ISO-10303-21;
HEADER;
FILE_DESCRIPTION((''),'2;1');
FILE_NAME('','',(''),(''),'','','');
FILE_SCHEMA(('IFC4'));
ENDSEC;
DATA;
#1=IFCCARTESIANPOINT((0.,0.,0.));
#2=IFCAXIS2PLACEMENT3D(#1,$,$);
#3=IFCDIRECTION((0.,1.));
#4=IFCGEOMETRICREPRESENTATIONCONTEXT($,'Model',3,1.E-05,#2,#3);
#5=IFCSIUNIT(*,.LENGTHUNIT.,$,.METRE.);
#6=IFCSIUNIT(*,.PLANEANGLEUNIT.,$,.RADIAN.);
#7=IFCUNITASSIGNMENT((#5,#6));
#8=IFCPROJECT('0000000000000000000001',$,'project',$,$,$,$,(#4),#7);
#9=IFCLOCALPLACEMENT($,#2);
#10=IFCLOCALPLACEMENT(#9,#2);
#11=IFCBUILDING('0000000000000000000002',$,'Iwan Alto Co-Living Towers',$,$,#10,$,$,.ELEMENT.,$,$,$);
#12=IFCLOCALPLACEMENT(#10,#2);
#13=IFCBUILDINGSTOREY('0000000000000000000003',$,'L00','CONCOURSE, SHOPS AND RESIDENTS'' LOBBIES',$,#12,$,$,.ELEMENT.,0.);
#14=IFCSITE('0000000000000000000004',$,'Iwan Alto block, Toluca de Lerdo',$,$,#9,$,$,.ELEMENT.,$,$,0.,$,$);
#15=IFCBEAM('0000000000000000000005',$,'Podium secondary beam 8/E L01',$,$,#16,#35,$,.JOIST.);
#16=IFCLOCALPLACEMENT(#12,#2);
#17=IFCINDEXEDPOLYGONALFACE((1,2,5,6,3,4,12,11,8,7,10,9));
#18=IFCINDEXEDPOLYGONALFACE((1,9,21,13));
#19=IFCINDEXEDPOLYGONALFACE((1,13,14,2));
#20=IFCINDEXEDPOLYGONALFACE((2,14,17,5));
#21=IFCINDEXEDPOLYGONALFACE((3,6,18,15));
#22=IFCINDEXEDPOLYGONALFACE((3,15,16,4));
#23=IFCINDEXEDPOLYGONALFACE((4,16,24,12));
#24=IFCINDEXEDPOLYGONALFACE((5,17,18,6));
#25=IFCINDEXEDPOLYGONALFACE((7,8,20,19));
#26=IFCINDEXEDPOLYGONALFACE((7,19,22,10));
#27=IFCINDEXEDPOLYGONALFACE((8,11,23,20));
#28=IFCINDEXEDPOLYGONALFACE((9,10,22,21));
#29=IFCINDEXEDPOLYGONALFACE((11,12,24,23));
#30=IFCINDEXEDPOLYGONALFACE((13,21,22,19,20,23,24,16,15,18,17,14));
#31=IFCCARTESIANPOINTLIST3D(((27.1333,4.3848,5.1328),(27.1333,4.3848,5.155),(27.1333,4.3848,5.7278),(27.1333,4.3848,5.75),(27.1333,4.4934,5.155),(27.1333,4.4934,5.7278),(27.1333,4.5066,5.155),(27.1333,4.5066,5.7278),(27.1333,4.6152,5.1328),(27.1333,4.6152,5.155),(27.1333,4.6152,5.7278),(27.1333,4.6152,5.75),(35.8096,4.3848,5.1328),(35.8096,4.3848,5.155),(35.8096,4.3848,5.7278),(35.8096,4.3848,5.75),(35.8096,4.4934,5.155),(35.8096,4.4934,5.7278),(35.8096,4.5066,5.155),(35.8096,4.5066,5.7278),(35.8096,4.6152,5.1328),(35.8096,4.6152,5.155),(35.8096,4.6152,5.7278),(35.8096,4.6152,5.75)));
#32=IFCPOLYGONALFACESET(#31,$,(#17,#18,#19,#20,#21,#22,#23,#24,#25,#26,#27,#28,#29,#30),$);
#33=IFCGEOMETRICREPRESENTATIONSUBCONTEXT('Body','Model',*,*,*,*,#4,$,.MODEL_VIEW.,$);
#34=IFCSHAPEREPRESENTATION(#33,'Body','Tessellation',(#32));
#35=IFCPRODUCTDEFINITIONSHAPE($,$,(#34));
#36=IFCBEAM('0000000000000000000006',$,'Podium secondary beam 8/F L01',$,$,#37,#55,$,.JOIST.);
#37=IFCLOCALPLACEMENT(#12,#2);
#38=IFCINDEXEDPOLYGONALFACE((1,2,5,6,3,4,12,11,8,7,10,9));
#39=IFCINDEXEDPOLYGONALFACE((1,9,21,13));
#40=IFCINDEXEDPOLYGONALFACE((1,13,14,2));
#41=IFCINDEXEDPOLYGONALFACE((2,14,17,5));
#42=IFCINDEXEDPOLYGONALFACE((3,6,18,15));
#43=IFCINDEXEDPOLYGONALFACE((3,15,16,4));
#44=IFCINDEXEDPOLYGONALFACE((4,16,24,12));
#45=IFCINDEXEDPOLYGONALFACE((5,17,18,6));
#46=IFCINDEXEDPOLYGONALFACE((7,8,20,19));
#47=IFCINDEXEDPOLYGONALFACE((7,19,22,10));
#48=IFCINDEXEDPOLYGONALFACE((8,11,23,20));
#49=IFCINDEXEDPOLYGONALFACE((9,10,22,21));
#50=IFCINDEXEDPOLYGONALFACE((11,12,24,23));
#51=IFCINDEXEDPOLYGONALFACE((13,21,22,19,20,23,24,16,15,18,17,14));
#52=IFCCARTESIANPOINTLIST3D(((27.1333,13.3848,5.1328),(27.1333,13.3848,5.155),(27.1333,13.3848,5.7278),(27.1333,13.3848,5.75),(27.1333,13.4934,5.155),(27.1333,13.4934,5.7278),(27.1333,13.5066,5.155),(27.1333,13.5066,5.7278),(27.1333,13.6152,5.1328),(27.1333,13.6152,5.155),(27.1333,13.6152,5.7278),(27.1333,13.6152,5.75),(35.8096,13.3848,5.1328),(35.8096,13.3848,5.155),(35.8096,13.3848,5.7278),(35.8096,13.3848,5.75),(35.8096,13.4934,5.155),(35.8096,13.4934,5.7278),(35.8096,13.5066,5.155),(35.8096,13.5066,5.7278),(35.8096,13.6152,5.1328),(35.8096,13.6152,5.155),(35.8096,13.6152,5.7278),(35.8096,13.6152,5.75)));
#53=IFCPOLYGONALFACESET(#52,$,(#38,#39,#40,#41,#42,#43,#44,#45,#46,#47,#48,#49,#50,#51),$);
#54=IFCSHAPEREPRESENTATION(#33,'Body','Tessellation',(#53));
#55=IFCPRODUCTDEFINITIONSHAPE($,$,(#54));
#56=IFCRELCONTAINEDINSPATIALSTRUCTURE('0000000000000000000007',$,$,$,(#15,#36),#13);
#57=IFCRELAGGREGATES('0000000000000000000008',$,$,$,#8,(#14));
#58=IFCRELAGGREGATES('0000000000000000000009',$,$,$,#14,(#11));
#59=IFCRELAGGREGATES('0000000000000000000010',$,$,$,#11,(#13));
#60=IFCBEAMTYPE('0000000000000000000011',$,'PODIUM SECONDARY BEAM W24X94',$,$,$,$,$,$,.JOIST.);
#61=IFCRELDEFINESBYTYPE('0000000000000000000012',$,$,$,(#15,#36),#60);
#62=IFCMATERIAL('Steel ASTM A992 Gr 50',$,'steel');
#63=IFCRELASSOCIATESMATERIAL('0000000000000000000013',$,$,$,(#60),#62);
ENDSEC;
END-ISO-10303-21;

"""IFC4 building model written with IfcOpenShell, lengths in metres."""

from ifc_helpers import new_model, si_unit, direction, frame, origin, origin_2d, place, context, subcontext, project, spatial, i_section, extrude, material, material_profile, profile_set, type_object, element, save


model = new_model("IFC4")

# Units and contexts
model_context = context("Model", 3, precision=1e-05, world=origin(), true_north=direction((0.0, 1.0)))
body_context = subcontext(model_context, "Body", "Model", "MODEL_VIEW")
ifc_project = project(units=[si_unit("LENGTHUNIT", "METRE"), si_unit("PLANEANGLEUNIT", "RADIAN")], contexts=[model_context])

# Site, building, storey
site_placement = place(None, origin())
site = spatial("IfcSite", under=ifc_project, at=site_placement, Name="Iwan Alto block, Toluca de Lerdo", CompositionType="ELEMENT", RefElevation=0.0)
building_placement = place(site_placement, origin())
building = spatial("IfcBuilding", under=site, at=building_placement, Name="Iwan Alto Co-Living Towers", CompositionType="ELEMENT")
storey_placement = place(building_placement, origin())
storey = spatial("IfcBuildingStorey", under=building, at=storey_placement, Name="L00", Description="CONCOURSE, SHOPS AND RESIDENTS' LOBBIES", CompositionType="ELEMENT", Elevation=0.0)

# Beams
ifc_material_1 = material(Name="Steel ASTM A992 Gr 50", Category="steel")
ifc_material_profile_1 = material_profile(ifc_material_1, i_section(OverallWidth=0.2305, OverallDepth=0.6172, WebThickness=0.0132, FlangeThickness=0.0222, at=origin_2d()), Name="W24X94")
ifc_profile_set_1 = profile_set([ifc_material_profile_1], Name="Steel ASTM A992 Gr 50")
beam_type_1 = type_object("IfcBeamType", Name="PODIUM SECONDARY BEAM W24X94", PredefinedType="JOIST", material=ifc_profile_set_1)
for number, where, z_axis, x_axis, name in (
    (1, (27.1333, 4.5, 5.4414), (1.0, 0.0, 0.0), (0.0, 1.0, 0.0), "Podium secondary beam 8/E L01"),
    (2, (27.1333, 13.5, 5.4414), (1.0, 0.0, 0.0), (0.0, 1.0, 0.0), "Podium secondary beam 8/F L01"),
):
    element("IfcBeam", number, at=place(storey_placement, frame(where, z_axis=z_axis, x_axis=x_axis)), inside=storey, type_object=beam_type_1, Name=name, PredefinedType="JOIST", context=body_context, shape_type="SweptSolid", body=[
        extrude(i_section(OverallWidth=0.2305, OverallDepth=0.6172, WebThickness=0.0132, FlangeThickness=0.0222, at=origin_2d()), origin(), (0.0, 0.0, 1.0), 8.6763),
    ])

save(model, "model.ifc")
